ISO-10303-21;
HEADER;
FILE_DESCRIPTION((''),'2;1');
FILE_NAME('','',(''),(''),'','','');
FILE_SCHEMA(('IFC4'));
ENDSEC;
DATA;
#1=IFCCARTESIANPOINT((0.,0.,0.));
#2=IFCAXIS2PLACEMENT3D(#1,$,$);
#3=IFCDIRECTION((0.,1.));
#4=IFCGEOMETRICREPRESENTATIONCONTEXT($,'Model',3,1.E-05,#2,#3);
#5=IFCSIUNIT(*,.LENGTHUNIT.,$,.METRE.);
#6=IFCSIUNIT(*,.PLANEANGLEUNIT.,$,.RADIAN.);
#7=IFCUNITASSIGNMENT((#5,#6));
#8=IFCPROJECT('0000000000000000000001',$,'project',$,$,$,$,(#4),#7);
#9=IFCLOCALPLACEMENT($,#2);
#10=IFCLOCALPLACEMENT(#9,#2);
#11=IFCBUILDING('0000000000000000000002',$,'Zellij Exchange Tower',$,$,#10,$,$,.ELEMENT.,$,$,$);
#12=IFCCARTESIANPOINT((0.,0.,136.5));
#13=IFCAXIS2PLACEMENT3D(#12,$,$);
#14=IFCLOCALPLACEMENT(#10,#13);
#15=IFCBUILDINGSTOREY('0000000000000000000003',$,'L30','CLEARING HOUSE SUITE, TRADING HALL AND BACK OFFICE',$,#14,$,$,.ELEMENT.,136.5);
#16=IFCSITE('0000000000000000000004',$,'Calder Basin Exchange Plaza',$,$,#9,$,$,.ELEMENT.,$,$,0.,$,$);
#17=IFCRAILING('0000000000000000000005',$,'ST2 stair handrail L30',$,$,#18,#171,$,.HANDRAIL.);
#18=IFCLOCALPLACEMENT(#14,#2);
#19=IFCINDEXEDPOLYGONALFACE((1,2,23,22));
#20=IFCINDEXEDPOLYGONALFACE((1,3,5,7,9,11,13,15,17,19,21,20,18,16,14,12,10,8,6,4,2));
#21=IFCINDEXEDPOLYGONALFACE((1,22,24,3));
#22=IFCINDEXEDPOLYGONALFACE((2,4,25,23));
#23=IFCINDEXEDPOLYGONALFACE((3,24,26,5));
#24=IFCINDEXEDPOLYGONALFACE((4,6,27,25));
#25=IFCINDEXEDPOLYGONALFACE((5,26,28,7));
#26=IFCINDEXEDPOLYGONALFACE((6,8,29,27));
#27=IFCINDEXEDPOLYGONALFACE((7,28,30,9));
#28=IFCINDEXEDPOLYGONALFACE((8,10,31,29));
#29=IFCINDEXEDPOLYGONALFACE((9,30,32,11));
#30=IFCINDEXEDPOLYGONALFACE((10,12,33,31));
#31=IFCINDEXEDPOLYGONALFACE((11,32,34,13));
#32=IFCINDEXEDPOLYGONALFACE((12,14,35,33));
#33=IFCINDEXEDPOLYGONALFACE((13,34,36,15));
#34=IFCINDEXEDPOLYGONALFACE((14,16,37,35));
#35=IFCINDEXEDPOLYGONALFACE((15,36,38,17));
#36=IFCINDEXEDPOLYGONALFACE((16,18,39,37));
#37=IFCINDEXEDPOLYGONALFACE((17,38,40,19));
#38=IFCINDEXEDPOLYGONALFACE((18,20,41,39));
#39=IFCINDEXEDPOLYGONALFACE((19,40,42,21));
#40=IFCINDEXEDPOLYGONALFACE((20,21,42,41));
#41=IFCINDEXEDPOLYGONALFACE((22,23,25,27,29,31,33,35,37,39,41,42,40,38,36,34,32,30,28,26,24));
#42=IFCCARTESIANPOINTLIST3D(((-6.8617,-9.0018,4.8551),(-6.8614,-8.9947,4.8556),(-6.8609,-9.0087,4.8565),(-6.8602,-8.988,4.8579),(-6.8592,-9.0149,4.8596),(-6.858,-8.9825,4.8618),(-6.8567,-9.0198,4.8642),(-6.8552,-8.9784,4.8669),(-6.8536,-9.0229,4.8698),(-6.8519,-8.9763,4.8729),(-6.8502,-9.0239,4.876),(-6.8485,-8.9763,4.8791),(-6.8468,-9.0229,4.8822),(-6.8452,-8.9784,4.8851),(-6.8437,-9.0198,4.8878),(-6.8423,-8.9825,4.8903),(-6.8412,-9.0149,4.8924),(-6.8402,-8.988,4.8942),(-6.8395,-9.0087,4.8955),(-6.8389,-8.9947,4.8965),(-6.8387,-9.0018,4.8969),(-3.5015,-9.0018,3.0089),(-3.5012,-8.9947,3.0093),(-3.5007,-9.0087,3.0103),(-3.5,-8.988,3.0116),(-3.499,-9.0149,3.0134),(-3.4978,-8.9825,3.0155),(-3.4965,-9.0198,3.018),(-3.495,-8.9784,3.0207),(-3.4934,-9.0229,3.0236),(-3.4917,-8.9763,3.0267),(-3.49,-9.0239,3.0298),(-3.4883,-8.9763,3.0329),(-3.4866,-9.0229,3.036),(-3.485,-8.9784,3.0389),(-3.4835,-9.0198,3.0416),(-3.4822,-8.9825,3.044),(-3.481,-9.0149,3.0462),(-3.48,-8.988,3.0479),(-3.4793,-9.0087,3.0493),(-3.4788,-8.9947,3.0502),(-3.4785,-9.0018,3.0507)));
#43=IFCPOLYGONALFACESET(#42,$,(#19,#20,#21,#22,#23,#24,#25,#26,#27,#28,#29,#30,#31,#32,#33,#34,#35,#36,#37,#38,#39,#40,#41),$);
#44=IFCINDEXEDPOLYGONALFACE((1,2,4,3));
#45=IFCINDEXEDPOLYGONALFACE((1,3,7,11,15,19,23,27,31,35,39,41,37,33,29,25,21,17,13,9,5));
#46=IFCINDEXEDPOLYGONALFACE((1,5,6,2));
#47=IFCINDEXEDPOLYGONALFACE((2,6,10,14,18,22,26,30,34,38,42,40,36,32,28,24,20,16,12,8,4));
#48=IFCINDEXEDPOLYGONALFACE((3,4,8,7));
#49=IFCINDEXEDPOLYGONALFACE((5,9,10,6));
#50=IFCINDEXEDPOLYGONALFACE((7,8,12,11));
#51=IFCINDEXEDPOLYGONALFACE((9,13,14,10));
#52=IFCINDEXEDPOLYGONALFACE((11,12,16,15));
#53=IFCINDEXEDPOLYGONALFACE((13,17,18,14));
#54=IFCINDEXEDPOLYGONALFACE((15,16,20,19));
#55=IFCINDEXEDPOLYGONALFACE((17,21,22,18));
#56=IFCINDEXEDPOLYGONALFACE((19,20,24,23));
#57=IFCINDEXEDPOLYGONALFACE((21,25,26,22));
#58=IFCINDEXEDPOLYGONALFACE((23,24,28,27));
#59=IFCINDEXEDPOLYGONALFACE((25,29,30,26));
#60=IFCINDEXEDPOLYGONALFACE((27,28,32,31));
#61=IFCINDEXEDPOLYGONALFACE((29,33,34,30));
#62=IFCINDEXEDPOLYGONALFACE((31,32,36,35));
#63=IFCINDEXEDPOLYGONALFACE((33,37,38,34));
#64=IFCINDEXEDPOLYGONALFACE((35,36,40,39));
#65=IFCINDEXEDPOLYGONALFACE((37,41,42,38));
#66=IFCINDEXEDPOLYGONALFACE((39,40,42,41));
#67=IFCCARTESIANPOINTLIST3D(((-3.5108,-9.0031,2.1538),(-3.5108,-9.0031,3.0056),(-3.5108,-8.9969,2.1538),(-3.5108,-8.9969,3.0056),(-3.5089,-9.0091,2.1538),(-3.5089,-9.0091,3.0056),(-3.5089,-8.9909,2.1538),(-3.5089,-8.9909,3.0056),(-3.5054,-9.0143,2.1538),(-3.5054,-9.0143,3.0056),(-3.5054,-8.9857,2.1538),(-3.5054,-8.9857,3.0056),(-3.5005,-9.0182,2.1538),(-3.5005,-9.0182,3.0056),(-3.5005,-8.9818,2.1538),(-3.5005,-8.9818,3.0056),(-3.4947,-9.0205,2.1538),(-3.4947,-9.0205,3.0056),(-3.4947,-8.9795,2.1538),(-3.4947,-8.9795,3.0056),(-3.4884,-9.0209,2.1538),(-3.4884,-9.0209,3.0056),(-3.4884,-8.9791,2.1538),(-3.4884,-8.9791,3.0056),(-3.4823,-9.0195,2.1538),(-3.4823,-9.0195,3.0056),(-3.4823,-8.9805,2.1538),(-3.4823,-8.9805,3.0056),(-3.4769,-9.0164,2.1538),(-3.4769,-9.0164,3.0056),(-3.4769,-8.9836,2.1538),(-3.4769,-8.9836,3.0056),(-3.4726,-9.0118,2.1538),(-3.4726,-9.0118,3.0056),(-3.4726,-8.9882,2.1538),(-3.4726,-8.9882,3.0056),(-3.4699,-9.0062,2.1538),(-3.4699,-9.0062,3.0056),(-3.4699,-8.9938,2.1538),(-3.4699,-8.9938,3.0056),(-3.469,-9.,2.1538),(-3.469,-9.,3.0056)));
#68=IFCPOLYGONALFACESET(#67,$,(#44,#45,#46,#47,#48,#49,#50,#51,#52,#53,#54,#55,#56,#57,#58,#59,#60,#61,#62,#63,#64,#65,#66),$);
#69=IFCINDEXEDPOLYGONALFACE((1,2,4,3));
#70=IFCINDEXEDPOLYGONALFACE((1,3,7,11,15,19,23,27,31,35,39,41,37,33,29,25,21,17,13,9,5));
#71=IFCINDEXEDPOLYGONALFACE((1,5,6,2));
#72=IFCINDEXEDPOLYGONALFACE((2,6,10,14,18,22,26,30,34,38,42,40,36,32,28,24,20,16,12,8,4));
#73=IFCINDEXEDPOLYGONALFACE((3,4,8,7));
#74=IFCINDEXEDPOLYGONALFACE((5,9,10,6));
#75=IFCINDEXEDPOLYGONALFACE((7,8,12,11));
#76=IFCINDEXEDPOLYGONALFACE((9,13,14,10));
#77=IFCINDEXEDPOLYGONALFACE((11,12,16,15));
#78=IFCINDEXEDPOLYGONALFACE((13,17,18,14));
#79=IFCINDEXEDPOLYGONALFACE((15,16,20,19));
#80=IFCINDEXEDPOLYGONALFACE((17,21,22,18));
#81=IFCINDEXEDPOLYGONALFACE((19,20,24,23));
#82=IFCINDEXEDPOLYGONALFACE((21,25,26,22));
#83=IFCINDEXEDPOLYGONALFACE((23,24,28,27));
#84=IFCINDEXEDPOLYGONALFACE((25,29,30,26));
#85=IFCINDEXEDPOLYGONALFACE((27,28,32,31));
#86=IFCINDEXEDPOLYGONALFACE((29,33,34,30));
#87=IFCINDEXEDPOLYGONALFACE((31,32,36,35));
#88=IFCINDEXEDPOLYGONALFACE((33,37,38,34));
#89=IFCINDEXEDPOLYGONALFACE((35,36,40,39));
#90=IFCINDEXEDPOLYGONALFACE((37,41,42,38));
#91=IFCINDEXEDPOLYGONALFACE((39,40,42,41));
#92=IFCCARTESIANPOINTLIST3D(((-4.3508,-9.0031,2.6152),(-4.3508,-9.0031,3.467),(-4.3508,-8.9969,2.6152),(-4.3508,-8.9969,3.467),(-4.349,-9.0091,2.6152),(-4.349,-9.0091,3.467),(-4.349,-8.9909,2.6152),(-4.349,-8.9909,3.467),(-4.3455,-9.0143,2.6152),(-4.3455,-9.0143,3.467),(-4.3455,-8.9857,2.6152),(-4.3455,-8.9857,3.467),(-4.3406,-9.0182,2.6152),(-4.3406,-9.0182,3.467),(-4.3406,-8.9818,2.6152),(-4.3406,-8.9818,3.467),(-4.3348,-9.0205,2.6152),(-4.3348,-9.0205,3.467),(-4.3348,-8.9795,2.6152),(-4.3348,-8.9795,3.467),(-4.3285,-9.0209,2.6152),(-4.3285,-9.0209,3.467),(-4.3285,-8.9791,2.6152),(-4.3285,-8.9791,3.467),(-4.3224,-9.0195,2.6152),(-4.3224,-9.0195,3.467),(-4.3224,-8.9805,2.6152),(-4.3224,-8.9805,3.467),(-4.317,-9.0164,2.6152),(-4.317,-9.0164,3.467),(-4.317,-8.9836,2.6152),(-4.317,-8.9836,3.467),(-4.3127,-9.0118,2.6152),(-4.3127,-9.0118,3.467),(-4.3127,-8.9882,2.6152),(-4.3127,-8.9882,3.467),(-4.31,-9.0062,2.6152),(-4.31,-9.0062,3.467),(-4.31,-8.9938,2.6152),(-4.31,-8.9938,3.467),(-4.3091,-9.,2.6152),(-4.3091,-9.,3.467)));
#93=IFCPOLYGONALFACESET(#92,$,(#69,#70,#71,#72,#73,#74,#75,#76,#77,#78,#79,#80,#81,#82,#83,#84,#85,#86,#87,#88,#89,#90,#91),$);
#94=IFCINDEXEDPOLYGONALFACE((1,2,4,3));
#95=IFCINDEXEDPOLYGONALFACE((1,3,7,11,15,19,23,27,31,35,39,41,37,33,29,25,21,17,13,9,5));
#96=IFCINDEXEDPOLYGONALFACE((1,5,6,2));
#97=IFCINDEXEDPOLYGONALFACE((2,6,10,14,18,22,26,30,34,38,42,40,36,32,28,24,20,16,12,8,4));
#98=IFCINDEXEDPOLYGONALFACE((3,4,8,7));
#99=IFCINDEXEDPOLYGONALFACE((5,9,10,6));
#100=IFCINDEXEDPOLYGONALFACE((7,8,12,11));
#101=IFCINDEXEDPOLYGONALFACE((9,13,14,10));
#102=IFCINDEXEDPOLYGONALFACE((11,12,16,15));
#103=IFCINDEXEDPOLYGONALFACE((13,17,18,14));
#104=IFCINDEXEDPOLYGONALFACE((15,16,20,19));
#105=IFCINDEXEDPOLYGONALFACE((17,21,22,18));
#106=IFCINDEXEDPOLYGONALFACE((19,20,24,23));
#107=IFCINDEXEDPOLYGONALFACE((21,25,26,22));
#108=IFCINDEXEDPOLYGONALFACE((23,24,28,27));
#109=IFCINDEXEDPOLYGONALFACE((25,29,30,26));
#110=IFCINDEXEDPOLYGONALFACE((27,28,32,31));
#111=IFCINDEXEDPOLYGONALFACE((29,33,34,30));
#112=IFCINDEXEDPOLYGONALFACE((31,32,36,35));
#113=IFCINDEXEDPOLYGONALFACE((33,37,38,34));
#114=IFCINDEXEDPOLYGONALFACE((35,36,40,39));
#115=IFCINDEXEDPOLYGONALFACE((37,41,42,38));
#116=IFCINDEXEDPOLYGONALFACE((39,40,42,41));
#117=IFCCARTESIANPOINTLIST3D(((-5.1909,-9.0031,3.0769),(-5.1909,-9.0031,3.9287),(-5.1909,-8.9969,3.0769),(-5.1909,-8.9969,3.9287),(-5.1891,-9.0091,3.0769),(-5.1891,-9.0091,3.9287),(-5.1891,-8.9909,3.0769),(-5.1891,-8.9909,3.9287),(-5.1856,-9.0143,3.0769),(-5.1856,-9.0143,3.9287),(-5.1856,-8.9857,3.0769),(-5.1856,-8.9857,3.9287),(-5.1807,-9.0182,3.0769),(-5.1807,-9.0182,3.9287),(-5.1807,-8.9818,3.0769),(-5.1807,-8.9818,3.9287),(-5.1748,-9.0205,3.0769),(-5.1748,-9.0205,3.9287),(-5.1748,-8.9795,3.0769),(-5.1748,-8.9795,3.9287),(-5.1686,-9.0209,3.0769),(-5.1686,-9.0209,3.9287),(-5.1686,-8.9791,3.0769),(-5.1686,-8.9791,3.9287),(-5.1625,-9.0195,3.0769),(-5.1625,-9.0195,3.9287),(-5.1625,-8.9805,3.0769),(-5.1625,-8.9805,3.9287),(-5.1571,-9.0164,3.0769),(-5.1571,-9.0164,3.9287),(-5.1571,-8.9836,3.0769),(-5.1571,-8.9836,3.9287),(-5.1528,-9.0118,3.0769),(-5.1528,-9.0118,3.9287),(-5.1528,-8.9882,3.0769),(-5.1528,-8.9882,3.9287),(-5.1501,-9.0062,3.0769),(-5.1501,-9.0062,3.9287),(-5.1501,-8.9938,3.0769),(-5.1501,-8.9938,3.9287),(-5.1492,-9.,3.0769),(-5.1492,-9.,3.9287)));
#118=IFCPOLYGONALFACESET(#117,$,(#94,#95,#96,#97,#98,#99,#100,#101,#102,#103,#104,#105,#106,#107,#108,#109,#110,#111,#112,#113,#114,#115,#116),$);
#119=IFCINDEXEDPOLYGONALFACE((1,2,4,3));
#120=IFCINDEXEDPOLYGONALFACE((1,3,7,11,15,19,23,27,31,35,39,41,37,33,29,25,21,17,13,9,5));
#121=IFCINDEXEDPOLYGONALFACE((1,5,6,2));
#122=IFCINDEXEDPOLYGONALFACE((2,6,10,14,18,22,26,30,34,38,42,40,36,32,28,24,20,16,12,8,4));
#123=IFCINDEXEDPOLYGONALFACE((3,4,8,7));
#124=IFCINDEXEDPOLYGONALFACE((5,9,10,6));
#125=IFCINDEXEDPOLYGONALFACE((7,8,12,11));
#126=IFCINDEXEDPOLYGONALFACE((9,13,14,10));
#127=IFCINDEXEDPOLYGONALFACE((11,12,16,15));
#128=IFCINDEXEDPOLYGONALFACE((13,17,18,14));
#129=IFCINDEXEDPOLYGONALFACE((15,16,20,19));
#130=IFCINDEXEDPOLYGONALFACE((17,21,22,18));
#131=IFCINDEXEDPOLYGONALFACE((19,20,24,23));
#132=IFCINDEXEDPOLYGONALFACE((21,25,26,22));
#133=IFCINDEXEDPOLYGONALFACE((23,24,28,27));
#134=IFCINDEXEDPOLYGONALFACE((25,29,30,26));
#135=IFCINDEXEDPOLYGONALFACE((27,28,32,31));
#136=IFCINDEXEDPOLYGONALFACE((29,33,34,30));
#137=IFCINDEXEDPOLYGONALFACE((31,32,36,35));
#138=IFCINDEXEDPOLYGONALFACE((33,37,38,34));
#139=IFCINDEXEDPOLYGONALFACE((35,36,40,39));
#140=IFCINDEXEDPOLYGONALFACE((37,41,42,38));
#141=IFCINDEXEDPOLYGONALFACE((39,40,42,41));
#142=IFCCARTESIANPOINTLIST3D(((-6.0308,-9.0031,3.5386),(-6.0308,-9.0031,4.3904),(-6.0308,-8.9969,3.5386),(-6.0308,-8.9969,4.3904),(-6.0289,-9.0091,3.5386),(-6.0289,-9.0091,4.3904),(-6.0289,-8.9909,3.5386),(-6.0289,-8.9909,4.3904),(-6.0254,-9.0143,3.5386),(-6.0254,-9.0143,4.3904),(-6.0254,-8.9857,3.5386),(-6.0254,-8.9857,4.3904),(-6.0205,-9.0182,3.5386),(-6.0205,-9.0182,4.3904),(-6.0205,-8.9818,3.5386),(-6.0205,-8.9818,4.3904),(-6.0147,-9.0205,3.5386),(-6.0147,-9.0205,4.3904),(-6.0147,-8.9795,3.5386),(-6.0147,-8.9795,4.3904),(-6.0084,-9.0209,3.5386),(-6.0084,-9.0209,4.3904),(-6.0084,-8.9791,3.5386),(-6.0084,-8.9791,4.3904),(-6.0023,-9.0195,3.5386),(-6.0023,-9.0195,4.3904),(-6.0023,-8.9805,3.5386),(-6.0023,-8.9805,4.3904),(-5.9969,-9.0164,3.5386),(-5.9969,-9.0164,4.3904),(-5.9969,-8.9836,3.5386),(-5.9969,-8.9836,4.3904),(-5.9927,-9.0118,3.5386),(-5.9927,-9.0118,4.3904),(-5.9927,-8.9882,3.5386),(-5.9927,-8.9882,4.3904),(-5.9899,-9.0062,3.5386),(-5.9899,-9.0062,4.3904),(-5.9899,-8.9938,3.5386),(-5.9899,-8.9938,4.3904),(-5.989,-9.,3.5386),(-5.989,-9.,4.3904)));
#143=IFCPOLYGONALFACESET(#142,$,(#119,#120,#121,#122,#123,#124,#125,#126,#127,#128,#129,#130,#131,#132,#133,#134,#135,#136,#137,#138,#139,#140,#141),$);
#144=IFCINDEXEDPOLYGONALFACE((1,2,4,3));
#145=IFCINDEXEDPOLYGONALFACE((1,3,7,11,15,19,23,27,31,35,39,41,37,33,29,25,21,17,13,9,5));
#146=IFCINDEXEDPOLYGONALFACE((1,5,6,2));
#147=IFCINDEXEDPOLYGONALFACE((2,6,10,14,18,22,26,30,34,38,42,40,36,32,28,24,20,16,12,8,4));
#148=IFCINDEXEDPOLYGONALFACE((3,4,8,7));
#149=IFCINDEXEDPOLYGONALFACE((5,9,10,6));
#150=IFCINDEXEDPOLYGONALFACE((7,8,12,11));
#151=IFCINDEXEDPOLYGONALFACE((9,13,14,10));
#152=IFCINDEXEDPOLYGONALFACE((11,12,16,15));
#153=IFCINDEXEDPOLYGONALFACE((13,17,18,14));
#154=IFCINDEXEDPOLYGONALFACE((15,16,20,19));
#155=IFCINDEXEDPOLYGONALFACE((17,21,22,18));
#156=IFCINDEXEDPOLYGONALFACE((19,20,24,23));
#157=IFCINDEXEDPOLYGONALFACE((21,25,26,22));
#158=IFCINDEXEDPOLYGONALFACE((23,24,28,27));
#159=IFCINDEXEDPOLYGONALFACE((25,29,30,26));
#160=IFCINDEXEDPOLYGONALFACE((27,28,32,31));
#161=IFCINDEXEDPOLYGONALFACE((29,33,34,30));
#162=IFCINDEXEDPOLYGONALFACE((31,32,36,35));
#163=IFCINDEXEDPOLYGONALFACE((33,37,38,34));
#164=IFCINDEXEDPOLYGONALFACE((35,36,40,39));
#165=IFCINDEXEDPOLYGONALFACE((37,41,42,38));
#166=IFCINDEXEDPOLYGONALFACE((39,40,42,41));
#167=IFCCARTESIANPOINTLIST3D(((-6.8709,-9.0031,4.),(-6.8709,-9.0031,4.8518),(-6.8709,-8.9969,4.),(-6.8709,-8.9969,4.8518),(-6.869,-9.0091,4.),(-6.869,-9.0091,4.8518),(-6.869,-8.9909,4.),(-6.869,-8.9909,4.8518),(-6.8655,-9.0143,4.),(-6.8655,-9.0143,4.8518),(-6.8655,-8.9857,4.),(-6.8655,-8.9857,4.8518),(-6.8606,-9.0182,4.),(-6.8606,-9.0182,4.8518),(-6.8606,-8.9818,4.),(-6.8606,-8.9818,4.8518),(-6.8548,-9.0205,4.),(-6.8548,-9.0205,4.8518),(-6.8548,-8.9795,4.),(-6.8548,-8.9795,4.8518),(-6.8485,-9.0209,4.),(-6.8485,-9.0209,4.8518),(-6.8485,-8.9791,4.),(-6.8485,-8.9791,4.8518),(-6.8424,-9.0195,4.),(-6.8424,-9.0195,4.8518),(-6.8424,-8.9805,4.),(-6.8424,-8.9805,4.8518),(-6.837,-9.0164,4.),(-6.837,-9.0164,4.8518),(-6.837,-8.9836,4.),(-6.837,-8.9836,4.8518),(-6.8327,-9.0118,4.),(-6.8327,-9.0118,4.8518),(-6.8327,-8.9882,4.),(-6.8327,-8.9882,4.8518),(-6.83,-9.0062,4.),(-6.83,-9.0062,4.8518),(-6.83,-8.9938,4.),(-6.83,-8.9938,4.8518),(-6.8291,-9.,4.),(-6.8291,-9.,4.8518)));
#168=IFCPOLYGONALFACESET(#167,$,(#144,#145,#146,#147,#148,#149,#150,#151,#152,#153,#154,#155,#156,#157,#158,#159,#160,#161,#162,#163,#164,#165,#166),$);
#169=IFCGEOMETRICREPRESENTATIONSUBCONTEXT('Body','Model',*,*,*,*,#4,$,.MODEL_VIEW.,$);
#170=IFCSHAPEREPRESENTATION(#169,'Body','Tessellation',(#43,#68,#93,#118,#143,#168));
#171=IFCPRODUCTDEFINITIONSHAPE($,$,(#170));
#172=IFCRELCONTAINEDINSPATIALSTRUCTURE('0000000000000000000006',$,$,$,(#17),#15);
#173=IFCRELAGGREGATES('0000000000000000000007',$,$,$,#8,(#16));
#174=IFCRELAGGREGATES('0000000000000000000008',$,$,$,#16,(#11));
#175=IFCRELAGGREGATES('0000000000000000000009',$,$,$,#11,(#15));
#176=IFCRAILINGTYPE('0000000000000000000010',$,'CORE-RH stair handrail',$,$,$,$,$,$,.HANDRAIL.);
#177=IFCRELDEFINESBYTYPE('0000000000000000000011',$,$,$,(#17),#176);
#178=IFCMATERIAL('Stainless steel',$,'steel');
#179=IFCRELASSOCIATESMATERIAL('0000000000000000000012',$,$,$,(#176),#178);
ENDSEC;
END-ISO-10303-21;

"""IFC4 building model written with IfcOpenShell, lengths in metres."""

from ifc_helpers import new_model, si_unit, direction, frame, origin, origin_2d, place, context, subcontext, project, spatial, circle, extrude, material, type_object, element, save


model = new_model("IFC4")

# Units and contexts
model_context = context("Model", 3, precision=1e-05, world=origin(), true_north=direction((0.0, 1.0)))
body_context = subcontext(model_context, "Body", "Model", "MODEL_VIEW")
ifc_project = project(units=[si_unit("LENGTHUNIT", "METRE"), si_unit("PLANEANGLEUNIT", "RADIAN")], contexts=[model_context])

# Site, building, storey
site_placement = place(None, origin())
site = spatial("IfcSite", under=ifc_project, at=site_placement, Name="Calder Basin Exchange Plaza", CompositionType="ELEMENT", RefElevation=0.0)
building_placement = place(site_placement, origin())
building = spatial("IfcBuilding", under=site, at=building_placement, Name="Zellij Exchange Tower", CompositionType="ELEMENT")
storey_placement = place(building_placement, frame((0.0, 0.0, 136.5)))
storey = spatial("IfcBuildingStorey", under=building, at=storey_placement, Name="L30", Description="CLEARING HOUSE SUITE, TRADING HALL AND BACK OFFICE", CompositionType="ELEMENT", Elevation=136.5)

# Railing
ifc_material_1 = material(Name="Stainless steel", Category="steel")
railing_type_1 = type_object("IfcRailingType", Name="CORE-RH stair handrail", PredefinedType="HANDRAIL", material=ifc_material_1)
railing_1_placement = place(storey_placement, frame((-3.49, -9.0, 2.1538)))
element("IfcRailing", 1, at=railing_1_placement, inside=storey, type_object=railing_type_1, Name="ST2 stair handrail L30", PredefinedType="HANDRAIL", context=body_context, shape_type="SweptSolid", body=[
    extrude(circle(Radius=0.0239, at=origin_2d()), frame((0.0, 0.0, 0.876), z_axis=(-0.876422, 0.0, 0.481545), x_axis=(0.0, -1.0, 0.0)), (0.0, 0.0, 1.0), 3.834),
    extrude(circle(Radius=0.021, at=origin_2d()), origin(), (0.0, 0.0, 1.0), 0.8518),
    extrude(circle(Radius=0.021, at=origin_2d()), frame((-0.8401, 0.0, 0.4614)), (0.0, 0.0, 1.0), 0.8518),
    extrude(circle(Radius=0.021, at=origin_2d()), frame((-1.6802, 0.0, 0.9231)), (0.0, 0.0, 1.0), 0.8518),
    extrude(circle(Radius=0.021, at=origin_2d()), frame((-2.52, 0.0, 1.3848)), (0.0, 0.0, 1.0), 0.8518),
    extrude(circle(Radius=0.021, at=origin_2d()), frame((-3.3601, 0.0, 1.8462)), (0.0, 0.0, 1.0), 0.8518),
])

save(model, "model.ifc")
